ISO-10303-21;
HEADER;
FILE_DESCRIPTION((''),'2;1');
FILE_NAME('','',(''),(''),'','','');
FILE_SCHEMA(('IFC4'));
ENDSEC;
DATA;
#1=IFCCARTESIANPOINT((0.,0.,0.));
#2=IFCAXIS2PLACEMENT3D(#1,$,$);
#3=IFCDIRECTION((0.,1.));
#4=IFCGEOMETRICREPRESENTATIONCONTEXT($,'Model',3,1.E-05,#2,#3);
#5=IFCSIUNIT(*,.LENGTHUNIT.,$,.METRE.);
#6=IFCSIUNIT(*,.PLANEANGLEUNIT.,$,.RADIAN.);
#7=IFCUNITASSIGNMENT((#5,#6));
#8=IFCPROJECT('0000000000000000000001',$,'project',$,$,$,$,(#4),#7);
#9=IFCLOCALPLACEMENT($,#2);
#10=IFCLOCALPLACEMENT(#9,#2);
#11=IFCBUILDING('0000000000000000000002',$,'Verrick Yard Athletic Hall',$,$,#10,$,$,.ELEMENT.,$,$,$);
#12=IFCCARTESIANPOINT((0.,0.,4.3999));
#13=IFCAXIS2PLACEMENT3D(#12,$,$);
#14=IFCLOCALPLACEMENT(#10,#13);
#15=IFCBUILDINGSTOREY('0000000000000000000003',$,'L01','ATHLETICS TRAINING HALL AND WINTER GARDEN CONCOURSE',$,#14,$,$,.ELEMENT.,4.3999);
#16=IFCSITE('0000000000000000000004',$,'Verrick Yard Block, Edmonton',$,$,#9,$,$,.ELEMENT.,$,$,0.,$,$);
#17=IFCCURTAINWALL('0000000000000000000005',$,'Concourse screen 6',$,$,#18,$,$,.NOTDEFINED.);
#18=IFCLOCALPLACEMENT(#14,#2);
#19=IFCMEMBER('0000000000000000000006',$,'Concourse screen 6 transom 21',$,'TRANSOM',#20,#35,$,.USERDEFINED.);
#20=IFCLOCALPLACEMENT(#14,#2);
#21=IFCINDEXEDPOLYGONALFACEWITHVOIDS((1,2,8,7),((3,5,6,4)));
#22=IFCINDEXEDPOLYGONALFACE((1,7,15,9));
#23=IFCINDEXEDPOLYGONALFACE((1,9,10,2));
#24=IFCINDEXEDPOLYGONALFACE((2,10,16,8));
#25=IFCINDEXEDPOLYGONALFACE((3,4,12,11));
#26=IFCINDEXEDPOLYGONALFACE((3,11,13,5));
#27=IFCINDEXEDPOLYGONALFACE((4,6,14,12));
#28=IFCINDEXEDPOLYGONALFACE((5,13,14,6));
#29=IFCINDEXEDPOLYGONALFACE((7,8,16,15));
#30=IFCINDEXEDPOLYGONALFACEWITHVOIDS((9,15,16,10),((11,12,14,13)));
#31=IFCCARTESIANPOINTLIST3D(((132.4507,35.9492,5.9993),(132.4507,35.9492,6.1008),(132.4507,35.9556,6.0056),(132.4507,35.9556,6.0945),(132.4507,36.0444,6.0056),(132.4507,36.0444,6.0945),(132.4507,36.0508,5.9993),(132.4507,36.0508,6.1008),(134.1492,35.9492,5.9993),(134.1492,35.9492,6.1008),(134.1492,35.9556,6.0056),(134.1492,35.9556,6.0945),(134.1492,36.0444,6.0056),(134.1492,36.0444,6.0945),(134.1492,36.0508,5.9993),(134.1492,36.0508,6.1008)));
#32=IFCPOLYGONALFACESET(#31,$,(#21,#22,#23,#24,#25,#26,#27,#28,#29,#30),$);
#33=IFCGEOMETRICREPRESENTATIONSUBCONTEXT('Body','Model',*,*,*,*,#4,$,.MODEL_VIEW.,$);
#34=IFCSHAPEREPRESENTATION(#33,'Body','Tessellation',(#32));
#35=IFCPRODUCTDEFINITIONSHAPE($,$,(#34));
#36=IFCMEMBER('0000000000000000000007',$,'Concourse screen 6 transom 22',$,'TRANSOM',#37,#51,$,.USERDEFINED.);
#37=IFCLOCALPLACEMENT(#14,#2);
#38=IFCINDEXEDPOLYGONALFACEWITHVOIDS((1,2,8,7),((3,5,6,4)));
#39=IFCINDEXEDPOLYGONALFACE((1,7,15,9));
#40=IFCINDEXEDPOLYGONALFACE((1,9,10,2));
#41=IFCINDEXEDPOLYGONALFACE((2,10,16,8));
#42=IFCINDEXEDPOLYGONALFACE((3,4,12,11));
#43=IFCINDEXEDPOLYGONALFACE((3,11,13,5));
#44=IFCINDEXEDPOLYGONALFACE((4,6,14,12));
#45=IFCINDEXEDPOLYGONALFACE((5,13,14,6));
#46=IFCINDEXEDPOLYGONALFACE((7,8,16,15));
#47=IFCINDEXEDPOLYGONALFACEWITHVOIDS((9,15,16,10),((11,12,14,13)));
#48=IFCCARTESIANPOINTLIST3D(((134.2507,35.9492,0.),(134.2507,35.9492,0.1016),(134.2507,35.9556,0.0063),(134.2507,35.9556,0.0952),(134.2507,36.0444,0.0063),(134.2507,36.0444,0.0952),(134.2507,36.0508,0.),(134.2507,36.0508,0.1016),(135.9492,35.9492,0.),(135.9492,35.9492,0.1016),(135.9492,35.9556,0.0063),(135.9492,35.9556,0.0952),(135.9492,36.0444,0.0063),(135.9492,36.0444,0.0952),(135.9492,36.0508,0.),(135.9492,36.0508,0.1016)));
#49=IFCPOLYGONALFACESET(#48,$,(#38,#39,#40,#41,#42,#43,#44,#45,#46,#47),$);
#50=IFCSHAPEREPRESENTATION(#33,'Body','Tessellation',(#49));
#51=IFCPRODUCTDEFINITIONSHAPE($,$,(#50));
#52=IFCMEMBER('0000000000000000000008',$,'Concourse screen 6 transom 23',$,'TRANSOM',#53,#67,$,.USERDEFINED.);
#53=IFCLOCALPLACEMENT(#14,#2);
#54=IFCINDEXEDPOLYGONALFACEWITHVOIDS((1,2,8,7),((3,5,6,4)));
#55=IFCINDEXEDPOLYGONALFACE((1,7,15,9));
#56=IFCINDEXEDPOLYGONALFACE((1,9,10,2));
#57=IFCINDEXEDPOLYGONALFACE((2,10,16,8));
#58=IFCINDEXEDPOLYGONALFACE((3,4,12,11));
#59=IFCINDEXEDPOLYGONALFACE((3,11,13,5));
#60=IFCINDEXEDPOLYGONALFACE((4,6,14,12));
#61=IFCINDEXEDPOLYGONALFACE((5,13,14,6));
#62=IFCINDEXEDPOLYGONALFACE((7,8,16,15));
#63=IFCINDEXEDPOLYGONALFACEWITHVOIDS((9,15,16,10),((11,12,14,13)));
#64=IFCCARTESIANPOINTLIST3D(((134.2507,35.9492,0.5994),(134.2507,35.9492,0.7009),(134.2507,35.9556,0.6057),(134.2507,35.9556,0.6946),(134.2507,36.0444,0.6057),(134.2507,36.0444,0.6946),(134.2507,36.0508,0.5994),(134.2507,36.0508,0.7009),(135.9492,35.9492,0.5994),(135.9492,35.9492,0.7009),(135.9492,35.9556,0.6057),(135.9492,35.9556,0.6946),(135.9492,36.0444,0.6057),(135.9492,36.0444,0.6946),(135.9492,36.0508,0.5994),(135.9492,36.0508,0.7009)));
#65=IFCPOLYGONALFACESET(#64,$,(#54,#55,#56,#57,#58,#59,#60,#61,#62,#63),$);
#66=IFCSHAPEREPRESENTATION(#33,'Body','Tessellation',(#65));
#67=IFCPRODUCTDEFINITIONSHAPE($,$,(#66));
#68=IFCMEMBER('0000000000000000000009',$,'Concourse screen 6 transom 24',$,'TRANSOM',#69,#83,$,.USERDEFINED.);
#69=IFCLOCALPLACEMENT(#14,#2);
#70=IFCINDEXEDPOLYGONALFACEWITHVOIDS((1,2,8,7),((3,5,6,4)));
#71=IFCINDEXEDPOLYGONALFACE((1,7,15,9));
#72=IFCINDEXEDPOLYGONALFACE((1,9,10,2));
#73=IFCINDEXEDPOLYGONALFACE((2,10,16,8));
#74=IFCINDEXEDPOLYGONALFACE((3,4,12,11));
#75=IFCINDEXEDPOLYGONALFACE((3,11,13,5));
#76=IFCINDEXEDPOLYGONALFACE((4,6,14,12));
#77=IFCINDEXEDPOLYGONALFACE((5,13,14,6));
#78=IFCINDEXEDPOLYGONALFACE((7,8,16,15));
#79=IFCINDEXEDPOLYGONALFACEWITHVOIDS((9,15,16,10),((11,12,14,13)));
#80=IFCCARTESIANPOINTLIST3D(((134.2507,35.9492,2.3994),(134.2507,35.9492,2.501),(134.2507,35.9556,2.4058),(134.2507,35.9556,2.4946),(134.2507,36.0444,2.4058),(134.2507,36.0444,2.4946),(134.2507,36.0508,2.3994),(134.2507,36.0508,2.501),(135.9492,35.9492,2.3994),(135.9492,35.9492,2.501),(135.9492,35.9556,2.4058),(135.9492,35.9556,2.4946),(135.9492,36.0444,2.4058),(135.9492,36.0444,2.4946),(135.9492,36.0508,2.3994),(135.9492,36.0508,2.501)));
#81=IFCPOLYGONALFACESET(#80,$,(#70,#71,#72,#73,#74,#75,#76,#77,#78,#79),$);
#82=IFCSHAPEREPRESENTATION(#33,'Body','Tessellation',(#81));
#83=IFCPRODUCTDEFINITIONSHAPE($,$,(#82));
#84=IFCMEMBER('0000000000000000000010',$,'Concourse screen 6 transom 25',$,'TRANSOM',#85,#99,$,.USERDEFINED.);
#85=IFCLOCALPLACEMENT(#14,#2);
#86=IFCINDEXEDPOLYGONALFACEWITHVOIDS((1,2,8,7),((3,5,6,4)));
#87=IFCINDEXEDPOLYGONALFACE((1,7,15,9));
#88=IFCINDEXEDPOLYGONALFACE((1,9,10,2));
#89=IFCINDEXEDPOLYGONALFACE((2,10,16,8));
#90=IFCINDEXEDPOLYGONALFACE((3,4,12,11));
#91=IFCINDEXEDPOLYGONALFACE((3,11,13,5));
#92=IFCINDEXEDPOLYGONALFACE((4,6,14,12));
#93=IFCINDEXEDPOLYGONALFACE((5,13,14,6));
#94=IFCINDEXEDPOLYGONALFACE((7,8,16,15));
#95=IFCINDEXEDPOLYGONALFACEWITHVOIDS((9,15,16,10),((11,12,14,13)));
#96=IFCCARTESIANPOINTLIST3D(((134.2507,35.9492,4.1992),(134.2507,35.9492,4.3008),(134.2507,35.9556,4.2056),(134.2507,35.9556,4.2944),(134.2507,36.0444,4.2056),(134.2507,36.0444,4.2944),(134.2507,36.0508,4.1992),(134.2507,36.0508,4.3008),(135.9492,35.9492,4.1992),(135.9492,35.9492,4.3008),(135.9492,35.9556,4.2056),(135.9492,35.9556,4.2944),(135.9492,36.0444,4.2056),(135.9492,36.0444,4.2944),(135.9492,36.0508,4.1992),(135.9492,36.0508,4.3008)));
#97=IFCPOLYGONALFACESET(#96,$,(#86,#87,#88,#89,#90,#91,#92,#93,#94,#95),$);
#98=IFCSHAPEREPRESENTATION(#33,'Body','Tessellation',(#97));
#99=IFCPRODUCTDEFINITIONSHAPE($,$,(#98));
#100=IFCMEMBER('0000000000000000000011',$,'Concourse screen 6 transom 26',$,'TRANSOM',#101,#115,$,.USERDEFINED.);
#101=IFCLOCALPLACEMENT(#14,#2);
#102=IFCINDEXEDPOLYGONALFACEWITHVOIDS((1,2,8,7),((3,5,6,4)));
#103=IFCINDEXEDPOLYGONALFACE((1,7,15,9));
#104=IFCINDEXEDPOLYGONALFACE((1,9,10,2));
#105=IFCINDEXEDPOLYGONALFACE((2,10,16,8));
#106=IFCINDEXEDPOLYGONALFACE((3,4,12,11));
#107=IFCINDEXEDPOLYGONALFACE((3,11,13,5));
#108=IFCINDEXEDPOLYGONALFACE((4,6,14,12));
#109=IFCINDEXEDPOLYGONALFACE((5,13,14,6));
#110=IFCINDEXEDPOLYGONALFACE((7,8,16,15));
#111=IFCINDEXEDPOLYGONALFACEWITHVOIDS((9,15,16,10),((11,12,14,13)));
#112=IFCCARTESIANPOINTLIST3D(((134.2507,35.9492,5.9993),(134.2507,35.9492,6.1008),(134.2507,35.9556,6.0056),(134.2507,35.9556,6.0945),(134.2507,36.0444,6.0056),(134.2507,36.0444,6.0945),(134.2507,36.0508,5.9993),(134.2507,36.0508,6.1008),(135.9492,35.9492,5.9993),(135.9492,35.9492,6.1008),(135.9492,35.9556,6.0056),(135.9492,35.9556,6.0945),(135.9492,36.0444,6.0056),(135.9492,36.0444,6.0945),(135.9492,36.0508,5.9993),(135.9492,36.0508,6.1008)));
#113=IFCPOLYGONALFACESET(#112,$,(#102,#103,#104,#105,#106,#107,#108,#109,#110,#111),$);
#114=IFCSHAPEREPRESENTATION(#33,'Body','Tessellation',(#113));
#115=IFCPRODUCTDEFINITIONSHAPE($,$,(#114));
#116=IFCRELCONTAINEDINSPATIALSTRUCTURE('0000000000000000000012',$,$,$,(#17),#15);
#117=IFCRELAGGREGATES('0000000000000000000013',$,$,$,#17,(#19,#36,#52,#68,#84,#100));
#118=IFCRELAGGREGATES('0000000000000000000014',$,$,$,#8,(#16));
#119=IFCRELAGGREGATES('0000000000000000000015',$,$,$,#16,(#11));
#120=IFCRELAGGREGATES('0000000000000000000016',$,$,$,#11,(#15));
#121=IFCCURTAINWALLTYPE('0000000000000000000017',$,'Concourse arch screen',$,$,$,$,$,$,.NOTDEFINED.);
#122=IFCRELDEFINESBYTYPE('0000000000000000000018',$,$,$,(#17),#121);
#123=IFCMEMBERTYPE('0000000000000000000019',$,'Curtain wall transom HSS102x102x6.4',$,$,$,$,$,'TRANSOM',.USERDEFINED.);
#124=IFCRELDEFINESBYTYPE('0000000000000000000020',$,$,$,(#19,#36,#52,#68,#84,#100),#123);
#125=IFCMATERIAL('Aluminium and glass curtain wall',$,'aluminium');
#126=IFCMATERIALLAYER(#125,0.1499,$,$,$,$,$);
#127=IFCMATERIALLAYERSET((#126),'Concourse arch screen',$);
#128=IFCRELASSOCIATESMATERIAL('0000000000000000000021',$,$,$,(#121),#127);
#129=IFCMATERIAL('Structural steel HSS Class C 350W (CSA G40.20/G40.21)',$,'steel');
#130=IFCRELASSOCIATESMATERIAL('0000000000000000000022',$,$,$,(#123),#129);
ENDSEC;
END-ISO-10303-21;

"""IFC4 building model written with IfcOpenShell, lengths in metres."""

from ifc_helpers import new_model, si_unit, direction, frame, origin, origin_2d, place, context, subcontext, project, spatial, hollow_rectangle, extrude, material, layer, layer_set, material_profile, profile_set, type_object, element, aggregate, save


model = new_model("IFC4")

# Units and contexts
model_context = context("Model", 3, precision=1e-05, world=origin(), true_north=direction((0.0, 1.0)))
body_context = subcontext(model_context, "Body", "Model", "MODEL_VIEW")
ifc_project = project(units=[si_unit("LENGTHUNIT", "METRE"), si_unit("PLANEANGLEUNIT", "RADIAN")], contexts=[model_context])

# Site, building, storey
site_placement = place(None, origin())
site = spatial("IfcSite", under=ifc_project, at=site_placement, Name="Verrick Yard Block, Edmonton", CompositionType="ELEMENT", RefElevation=0.0)
building_placement = place(site_placement, origin())
building = spatial("IfcBuilding", under=site, at=building_placement, Name="Verrick Yard Athletic Hall", CompositionType="ELEMENT")
storey_placement = place(building_placement, frame((0.0, 0.0, 4.3999)))
storey = spatial("IfcBuildingStorey", under=building, at=storey_placement, Name="L01", Description="ATHLETICS TRAINING HALL AND WINTER GARDEN CONCOURSE", CompositionType="ELEMENT", Elevation=4.3999)

# Curtain wall, members
ifc_material_1 = material(Name="Aluminium and glass curtain wall", Category="aluminium")
ifc_layer = layer(ifc_material_1, 0.1499)
ifc_layer_set = layer_set([ifc_layer], Name="Concourse arch screen")
curtain_wall_type = type_object("IfcCurtainWallType", Name="Concourse arch screen", PredefinedType="NOTDEFINED", material=ifc_layer_set)
curtain_wall_placement = place(storey_placement, origin())
curtain_wall = element("IfcCurtainWall", 1, at=curtain_wall_placement, inside=storey, type_object=curtain_wall_type, Name="Concourse screen 6", PredefinedType="NOTDEFINED")
ifc_material_2 = material(Name="Structural steel HSS Class C 350W (CSA G40.20/G40.21)", Category="steel")
ifc_material_profile_1 = material_profile(ifc_material_2, hollow_rectangle(XDim=0.1016, YDim=0.1016, WallThickness=0.0063, at=origin_2d()), Name="HSS102x102x6.4")
ifc_profile_set_1 = profile_set([ifc_material_profile_1], Name="Structural steel HSS Class C 350W (CSA G40.20/G40.21)")
member_type_1 = type_object("IfcMemberType", Name="Curtain wall transom HSS102x102x6.4", ElementType="TRANSOM", PredefinedType="USERDEFINED", material=ifc_profile_set_1)
member_1_placement = place(storey_placement, frame((132.4507, 36.0, 6.05), z_axis=(1.0, 0.0, 0.0), x_axis=(0.0, 1.0, 0.0)))
member_1 = element("IfcMember", 2, at=member_1_placement, type_object=member_type_1, Name="Concourse screen 6 transom 21", ObjectType="TRANSOM", PredefinedType="USERDEFINED", context=body_context, shape_type="SweptSolid", body=[
    extrude(hollow_rectangle(XDim=0.1016, YDim=0.1016, WallThickness=0.0063, at=origin_2d()), origin(), (0.0, 0.0, 1.0), 1.6985),
])
member_2_placement = place(storey_placement, frame((134.2507, 36.0, 0.0508), z_axis=(1.0, 0.0, 0.0), x_axis=(0.0, 1.0, 0.0)))
member_2 = element("IfcMember", 3, at=member_2_placement, type_object=member_type_1, Name="Concourse screen 6 transom 22", ObjectType="TRANSOM", PredefinedType="USERDEFINED", context=body_context, shape_type="SweptSolid", body=[
    extrude(hollow_rectangle(XDim=0.1016, YDim=0.1016, WallThickness=0.0063, at=origin_2d()), origin(), (0.0, 0.0, 1.0), 1.6985),
])
member_3_placement = place(storey_placement, frame((134.2507, 36.0, 0.6501), z_axis=(1.0, 0.0, 0.0), x_axis=(0.0, 1.0, 0.0)))
member_3 = element("IfcMember", 4, at=member_3_placement, type_object=member_type_1, Name="Concourse screen 6 transom 23", ObjectType="TRANSOM", PredefinedType="USERDEFINED", context=body_context, shape_type="SweptSolid", body=[
    extrude(hollow_rectangle(XDim=0.1016, YDim=0.1016, WallThickness=0.0063, at=origin_2d()), origin(), (0.0, 0.0, 1.0), 1.6985),
])
member_4_placement = place(storey_placement, frame((134.2507, 36.0, 2.4502), z_axis=(1.0, 0.0, 0.0), x_axis=(0.0, 1.0, 0.0)))
member_4 = element("IfcMember", 5, at=member_4_placement, type_object=member_type_1, Name="Concourse screen 6 transom 24", ObjectType="TRANSOM", PredefinedType="USERDEFINED", context=body_context, shape_type="SweptSolid", body=[
    extrude(hollow_rectangle(XDim=0.1016, YDim=0.1016, WallThickness=0.0063, at=origin_2d()), origin(), (0.0, 0.0, 1.0), 1.6985),
])
member_5_placement = place(storey_placement, frame((134.2507, 36.0, 4.25), z_axis=(1.0, 0.0, 0.0), x_axis=(0.0, 1.0, 0.0)))
member_5 = element("IfcMember", 6, at=member_5_placement, type_object=member_type_1, Name="Concourse screen 6 transom 25", ObjectType="TRANSOM", PredefinedType="USERDEFINED", context=body_context, shape_type="SweptSolid", body=[
    extrude(hollow_rectangle(XDim=0.1016, YDim=0.1016, WallThickness=0.0063, at=origin_2d()), origin(), (0.0, 0.0, 1.0), 1.6985),
])
member_6_placement = place(storey_placement, frame((134.2507, 36.0, 6.05), z_axis=(1.0, 0.0, 0.0), x_axis=(0.0, 1.0, 0.0)))
member_6 = element("IfcMember", 7, at=member_6_placement, type_object=member_type_1, Name="Concourse screen 6 transom 26", ObjectType="TRANSOM", PredefinedType="USERDEFINED", context=body_context, shape_type="SweptSolid", body=[
    extrude(hollow_rectangle(XDim=0.1016, YDim=0.1016, WallThickness=0.0063, at=origin_2d()), origin(), (0.0, 0.0, 1.0), 1.6985),
])
aggregate(curtain_wall, [member_1, member_2, member_3, member_4, member_5, member_6])

save(model, "model.ifc")
